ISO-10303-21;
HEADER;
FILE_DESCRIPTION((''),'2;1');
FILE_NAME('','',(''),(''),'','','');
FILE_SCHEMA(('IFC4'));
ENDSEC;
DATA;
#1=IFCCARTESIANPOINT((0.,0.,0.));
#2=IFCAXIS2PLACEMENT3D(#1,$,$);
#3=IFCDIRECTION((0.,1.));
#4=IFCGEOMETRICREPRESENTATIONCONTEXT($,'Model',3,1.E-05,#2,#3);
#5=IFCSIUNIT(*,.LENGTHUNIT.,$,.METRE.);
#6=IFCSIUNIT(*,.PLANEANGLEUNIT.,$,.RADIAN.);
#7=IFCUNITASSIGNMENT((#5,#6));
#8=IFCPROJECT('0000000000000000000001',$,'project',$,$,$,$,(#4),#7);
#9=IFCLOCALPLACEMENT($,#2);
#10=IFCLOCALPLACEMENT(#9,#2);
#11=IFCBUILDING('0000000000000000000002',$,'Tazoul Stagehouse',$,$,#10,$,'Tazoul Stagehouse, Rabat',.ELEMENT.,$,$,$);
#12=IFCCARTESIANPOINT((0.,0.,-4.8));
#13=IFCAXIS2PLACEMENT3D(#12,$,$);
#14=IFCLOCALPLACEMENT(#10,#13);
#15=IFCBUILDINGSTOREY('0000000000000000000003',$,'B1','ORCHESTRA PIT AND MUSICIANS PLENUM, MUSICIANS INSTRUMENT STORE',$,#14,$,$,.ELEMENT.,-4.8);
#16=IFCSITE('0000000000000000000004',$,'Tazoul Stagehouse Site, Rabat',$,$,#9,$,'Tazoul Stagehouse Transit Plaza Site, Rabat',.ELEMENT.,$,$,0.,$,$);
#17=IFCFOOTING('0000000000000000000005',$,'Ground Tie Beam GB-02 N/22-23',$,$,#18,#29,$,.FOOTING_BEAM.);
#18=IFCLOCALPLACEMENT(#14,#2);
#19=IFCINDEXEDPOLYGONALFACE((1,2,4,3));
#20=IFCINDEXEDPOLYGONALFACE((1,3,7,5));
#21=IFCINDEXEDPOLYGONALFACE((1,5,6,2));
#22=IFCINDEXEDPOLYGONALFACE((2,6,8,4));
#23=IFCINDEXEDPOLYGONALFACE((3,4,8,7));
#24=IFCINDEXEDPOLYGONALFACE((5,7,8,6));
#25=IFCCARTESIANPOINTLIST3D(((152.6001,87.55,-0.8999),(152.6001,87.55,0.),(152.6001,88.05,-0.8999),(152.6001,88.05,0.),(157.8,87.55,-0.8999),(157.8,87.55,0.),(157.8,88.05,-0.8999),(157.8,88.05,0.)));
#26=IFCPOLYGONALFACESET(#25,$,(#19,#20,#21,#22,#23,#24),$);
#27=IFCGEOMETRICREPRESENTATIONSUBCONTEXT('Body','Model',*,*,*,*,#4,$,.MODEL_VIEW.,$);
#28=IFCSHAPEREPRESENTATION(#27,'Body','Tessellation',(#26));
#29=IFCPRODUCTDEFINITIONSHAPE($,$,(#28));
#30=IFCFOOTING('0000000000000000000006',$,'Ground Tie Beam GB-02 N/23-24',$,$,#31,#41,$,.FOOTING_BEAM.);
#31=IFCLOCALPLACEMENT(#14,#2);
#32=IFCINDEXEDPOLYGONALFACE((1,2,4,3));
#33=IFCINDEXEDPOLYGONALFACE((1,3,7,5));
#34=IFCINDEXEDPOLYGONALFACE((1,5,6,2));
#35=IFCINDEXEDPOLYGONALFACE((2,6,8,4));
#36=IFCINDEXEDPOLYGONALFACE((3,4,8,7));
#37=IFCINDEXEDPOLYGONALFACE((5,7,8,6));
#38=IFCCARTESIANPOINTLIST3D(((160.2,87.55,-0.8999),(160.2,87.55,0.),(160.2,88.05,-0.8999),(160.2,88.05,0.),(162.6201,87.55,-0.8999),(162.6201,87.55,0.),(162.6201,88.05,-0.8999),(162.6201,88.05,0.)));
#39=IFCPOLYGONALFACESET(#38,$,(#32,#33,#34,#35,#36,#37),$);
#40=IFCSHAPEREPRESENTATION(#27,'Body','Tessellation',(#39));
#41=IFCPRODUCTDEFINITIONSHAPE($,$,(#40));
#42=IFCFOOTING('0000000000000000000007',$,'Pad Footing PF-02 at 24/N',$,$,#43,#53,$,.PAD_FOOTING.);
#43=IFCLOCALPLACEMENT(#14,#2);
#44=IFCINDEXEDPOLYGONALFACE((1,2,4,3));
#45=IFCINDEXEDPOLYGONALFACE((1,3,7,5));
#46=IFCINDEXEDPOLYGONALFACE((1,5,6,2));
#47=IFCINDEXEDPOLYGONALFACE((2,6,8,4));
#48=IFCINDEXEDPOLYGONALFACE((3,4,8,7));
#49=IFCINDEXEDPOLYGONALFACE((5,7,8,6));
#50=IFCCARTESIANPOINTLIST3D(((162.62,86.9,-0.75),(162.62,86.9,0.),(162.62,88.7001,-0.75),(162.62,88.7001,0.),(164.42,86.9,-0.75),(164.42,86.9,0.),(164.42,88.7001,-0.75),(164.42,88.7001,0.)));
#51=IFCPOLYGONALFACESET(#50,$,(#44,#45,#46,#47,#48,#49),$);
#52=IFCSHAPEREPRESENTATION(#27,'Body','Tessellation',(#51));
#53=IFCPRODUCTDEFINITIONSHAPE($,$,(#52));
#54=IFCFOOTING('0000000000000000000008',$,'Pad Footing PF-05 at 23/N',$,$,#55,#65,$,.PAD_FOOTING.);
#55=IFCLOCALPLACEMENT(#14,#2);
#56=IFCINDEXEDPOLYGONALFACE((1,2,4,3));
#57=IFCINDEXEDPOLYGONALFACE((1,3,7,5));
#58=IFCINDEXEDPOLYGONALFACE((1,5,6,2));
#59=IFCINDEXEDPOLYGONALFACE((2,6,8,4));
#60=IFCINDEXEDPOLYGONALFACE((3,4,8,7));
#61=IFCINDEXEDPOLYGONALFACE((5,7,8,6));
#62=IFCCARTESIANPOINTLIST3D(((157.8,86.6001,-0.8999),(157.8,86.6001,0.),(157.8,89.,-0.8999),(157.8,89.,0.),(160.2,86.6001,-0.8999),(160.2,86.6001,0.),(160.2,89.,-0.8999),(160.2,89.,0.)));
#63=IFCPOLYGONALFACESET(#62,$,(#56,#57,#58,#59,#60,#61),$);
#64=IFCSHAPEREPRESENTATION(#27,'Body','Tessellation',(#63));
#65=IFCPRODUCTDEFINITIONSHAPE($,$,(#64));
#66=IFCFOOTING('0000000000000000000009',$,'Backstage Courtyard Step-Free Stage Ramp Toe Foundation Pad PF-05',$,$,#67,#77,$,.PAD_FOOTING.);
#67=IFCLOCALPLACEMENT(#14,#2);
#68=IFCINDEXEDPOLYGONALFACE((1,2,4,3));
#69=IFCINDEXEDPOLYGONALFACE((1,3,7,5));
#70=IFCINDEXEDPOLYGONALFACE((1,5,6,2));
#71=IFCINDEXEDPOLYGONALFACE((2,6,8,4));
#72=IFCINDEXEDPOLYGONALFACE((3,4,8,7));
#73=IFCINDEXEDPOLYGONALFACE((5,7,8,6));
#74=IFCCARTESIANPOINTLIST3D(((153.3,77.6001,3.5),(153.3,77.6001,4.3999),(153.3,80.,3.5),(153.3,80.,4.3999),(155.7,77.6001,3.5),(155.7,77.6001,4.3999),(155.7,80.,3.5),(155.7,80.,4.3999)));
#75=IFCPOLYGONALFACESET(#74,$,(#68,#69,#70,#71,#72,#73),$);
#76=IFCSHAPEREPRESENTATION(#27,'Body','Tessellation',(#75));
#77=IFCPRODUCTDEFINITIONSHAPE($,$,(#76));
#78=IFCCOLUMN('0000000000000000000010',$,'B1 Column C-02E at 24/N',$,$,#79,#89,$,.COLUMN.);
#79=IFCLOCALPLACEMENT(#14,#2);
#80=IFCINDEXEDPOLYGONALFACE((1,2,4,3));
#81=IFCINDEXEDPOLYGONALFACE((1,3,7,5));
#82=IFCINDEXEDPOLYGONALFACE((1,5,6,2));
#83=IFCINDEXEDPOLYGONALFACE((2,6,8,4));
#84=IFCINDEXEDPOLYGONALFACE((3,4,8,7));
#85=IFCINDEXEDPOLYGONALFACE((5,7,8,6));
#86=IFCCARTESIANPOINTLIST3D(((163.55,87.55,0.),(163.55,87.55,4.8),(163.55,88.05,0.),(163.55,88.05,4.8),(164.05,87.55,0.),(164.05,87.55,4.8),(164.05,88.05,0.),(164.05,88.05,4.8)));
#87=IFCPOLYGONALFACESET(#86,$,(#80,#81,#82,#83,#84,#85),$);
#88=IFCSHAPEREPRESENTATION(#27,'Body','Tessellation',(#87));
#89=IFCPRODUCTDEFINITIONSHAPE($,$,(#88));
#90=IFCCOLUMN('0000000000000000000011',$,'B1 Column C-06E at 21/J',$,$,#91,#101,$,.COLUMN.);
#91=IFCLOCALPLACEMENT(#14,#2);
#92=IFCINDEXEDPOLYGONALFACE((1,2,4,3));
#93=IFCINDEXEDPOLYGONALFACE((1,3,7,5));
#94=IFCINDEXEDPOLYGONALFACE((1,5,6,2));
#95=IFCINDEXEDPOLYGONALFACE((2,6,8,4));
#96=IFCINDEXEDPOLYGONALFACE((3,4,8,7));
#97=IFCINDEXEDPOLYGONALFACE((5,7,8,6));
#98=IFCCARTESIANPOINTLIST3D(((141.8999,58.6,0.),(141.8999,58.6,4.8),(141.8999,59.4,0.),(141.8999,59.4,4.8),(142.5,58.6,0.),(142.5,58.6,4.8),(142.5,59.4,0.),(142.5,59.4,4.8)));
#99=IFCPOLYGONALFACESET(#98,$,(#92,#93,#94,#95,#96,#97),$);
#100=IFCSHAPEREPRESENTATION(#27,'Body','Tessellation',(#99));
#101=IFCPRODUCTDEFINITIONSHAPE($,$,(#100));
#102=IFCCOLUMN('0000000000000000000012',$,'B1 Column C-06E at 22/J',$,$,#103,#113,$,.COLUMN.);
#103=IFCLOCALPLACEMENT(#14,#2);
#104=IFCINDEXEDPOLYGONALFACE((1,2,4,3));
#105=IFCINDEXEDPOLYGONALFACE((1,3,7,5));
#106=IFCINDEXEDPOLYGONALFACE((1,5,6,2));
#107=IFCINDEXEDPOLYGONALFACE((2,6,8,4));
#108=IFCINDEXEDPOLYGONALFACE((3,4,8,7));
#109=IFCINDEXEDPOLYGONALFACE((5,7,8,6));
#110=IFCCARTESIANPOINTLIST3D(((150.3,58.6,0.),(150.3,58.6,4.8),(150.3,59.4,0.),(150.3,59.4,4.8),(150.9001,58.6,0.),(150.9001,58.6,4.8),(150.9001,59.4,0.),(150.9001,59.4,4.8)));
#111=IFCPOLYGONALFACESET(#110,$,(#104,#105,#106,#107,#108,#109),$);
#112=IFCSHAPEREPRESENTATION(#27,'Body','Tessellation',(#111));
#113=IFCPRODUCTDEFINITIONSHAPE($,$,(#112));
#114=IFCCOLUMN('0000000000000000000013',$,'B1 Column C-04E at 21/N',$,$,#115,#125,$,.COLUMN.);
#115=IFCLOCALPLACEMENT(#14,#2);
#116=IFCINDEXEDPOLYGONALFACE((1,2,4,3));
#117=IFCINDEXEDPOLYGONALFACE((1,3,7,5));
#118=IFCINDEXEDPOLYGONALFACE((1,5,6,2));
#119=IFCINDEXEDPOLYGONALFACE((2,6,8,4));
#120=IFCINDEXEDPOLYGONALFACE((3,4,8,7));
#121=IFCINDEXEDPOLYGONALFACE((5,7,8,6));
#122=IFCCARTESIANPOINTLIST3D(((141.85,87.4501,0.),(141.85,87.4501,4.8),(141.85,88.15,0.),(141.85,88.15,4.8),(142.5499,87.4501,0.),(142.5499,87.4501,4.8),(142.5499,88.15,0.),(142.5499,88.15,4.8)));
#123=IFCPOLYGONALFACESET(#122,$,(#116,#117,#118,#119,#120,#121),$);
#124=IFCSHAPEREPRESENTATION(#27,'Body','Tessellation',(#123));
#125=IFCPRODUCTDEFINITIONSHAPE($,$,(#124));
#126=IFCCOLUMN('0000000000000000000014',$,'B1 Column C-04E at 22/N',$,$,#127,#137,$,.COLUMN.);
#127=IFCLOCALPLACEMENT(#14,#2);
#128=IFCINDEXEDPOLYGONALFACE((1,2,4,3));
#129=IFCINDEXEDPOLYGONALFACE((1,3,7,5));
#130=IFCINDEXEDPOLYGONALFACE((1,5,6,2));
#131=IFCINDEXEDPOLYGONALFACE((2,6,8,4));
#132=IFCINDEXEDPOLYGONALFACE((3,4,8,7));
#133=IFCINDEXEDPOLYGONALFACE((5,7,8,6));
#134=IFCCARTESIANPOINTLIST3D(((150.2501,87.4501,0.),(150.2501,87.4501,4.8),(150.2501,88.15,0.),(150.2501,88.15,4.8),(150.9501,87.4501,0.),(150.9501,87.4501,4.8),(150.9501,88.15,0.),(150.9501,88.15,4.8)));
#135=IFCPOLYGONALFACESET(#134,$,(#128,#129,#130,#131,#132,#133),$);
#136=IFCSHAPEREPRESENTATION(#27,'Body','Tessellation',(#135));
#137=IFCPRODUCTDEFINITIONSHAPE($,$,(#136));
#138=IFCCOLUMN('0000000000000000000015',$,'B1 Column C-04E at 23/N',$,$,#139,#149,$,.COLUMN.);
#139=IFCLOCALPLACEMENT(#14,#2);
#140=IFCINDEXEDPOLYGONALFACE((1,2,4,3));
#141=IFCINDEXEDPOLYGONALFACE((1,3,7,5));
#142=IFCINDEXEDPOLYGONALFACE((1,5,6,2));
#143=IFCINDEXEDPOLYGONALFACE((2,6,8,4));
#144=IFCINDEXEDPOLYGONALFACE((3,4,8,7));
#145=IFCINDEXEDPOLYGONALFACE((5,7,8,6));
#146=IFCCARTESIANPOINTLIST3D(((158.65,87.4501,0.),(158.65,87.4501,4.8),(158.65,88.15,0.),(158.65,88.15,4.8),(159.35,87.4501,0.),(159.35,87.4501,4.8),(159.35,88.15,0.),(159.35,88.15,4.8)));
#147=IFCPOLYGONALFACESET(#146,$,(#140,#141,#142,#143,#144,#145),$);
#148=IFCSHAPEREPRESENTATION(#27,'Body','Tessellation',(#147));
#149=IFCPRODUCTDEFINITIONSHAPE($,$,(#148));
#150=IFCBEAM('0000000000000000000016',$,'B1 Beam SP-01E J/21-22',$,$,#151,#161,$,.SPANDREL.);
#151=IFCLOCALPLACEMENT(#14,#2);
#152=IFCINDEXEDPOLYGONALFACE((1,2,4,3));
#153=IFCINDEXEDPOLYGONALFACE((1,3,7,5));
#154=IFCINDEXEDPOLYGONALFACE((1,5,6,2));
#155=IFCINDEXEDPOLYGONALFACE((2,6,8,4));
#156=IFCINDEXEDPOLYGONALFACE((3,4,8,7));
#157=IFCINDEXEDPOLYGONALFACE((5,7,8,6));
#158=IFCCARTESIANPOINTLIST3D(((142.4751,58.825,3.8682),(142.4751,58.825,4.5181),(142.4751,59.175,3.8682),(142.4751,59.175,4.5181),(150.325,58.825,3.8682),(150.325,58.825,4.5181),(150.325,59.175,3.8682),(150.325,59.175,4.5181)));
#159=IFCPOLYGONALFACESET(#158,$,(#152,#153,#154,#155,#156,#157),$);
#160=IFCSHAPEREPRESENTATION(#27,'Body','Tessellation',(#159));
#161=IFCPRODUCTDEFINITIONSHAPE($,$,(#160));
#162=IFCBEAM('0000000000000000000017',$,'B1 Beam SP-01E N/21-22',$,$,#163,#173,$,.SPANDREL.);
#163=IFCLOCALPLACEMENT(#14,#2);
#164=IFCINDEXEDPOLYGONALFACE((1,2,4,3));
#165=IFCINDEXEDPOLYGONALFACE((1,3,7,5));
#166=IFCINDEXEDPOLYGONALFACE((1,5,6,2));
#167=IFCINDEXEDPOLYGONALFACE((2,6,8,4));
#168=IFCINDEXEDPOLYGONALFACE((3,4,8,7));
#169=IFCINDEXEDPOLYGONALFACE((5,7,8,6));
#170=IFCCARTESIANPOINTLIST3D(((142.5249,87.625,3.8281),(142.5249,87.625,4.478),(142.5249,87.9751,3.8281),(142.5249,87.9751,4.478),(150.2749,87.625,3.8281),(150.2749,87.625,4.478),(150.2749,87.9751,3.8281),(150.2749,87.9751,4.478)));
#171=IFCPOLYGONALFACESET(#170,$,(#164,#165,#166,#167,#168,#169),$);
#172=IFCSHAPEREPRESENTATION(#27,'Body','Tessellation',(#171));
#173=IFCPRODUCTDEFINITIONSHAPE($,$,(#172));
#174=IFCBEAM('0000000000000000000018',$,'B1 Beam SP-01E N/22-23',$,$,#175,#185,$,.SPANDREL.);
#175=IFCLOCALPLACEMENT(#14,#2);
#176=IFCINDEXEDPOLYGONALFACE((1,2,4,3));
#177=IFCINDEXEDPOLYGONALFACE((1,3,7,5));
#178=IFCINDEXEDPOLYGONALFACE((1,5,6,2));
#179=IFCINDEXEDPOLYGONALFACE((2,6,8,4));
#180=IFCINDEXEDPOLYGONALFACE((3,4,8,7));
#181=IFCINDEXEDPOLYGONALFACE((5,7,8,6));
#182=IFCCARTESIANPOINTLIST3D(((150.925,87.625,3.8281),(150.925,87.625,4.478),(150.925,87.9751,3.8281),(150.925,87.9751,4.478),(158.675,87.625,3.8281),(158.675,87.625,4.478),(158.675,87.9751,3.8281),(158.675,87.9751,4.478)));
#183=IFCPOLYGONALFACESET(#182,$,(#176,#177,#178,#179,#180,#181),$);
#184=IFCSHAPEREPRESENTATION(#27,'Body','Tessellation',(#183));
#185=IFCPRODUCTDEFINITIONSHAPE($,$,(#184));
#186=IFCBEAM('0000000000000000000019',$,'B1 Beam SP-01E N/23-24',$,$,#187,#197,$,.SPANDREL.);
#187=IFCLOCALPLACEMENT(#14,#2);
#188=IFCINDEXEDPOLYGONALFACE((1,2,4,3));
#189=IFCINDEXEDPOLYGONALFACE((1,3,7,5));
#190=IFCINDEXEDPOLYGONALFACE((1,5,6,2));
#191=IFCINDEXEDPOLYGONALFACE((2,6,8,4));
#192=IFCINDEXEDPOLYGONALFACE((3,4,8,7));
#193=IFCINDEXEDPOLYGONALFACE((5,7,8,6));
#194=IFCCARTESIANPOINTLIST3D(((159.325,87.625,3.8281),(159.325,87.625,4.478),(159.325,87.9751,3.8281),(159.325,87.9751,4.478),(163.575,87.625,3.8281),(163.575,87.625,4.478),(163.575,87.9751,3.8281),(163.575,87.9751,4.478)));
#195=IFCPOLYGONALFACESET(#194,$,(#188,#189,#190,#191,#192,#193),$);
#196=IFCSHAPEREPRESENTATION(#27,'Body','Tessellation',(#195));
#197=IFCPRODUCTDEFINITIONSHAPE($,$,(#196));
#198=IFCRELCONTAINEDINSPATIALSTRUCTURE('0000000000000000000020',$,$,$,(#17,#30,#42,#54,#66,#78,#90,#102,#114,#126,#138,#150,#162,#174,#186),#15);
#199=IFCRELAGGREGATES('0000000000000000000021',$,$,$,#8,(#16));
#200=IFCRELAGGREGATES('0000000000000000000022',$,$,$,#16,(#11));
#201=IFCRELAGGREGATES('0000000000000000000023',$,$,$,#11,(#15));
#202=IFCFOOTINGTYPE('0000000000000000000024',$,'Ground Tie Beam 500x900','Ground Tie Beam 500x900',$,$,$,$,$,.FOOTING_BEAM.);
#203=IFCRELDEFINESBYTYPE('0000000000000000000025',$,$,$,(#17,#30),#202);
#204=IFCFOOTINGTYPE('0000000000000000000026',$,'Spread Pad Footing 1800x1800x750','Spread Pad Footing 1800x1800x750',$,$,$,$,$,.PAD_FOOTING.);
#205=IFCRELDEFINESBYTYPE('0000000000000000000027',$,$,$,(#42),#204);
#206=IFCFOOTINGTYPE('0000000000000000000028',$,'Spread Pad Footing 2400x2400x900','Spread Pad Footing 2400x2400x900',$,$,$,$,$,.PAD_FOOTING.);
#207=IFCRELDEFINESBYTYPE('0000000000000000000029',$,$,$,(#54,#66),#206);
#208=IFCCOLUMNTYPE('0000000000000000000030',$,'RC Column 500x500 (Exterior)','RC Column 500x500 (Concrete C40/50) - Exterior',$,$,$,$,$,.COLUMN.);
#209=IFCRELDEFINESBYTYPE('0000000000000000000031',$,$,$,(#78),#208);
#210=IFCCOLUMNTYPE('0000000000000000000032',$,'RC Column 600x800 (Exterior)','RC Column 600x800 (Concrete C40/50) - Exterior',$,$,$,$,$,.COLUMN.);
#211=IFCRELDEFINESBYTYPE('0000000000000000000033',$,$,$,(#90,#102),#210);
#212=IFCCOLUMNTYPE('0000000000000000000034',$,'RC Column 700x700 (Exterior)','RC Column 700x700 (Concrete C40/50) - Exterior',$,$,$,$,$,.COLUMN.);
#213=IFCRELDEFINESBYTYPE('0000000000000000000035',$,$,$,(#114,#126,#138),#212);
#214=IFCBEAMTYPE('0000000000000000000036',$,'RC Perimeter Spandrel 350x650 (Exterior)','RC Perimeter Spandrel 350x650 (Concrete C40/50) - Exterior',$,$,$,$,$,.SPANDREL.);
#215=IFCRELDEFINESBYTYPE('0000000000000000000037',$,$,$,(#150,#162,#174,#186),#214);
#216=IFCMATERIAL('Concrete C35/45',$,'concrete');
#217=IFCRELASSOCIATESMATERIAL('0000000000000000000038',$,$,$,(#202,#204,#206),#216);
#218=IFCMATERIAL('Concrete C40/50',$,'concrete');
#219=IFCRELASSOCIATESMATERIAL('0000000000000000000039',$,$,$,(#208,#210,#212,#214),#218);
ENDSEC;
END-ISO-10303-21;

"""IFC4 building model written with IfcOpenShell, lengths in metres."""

from ifc_helpers import new_model, si_unit, direction, frame, origin, origin_2d, place, context, subcontext, project, spatial, rectangle, extrude, material, material_profile, profile_set, type_object, element, save


model = new_model("IFC4")

# Units and contexts
model_context = context("Model", 3, precision=1e-05, world=origin(), true_north=direction((0.0, 1.0)))
body_context = subcontext(model_context, "Body", "Model", "MODEL_VIEW")
ifc_project = project(units=[si_unit("LENGTHUNIT", "METRE"), si_unit("PLANEANGLEUNIT", "RADIAN")], contexts=[model_context])

# Site, building, storey
site_placement = place(None, origin())
site = spatial("IfcSite", under=ifc_project, at=site_placement, Name="Tazoul Stagehouse Site, Rabat", LongName="Tazoul Stagehouse Transit Plaza Site, Rabat", CompositionType="ELEMENT", RefElevation=0.0)
building_placement = place(site_placement, origin())
building = spatial("IfcBuilding", under=site, at=building_placement, Name="Tazoul Stagehouse", LongName="Tazoul Stagehouse, Rabat", CompositionType="ELEMENT")
storey_placement = place(building_placement, frame((0.0, 0.0, -4.8)))
storey = spatial("IfcBuildingStorey", under=building, at=storey_placement, Name="B1", Description="ORCHESTRA PIT AND MUSICIANS PLENUM, MUSICIANS INSTRUMENT STORE", CompositionType="ELEMENT", Elevation=-4.8)

# Shared definitions
ifc_material_1 = material(Name="Concrete C35/45", Category="concrete")

# Footings
ifc_material_profile_1 = material_profile(ifc_material_1, rectangle(XDim=0.5, YDim=0.8999, at=origin_2d()), Name="RC 500x900")
ifc_profile_set_1 = profile_set([ifc_material_profile_1], Name="Concrete C35/45")
footing_type_1 = type_object("IfcFootingType", Name="Ground Tie Beam 500x900", Description="Ground Tie Beam 500x900", PredefinedType="FOOTING_BEAM", material=ifc_profile_set_1)
footing_1_placement = place(storey_placement, frame((152.6001, 87.8, -0.45), z_axis=(1.0, 0.0, 0.0), x_axis=(0.0, 1.0, 0.0)))
element("IfcFooting", 1, at=footing_1_placement, inside=storey, type_object=footing_type_1, Name="Ground Tie Beam GB-02 N/22-23", PredefinedType="FOOTING_BEAM", context=body_context, shape_type="SweptSolid", body=[
    extrude(rectangle(XDim=0.5, YDim=0.8999, at=origin_2d()), origin(), (0.0, 0.0, 1.0), 5.2),
])
footing_2_placement = place(storey_placement, frame((160.2, 87.8, -0.45), z_axis=(1.0, 0.0, 0.0), x_axis=(0.0, 1.0, 0.0)))
element("IfcFooting", 2, at=footing_2_placement, inside=storey, type_object=footing_type_1, Name="Ground Tie Beam GB-02 N/23-24", PredefinedType="FOOTING_BEAM", context=body_context, shape_type="SweptSolid", body=[
    extrude(rectangle(XDim=0.5, YDim=0.8999, at=origin_2d()), origin(), (0.0, 0.0, 1.0), 2.4202),
])
footing_type_2 = type_object("IfcFootingType", Name="Spread Pad Footing 1800x1800x750", Description="Spread Pad Footing 1800x1800x750", PredefinedType="PAD_FOOTING", material=ifc_material_1)
footing_3_placement = place(storey_placement, frame((163.52, 87.8, -0.75), z_axis=(0.0, 0.0, 1.0), x_axis=(1.0, 0.0, 0.0)))
element("IfcFooting", 3, at=footing_3_placement, inside=storey, type_object=footing_type_2, Name="Pad Footing PF-02 at 24/N", PredefinedType="PAD_FOOTING", context=body_context, shape_type="SweptSolid", body=[
    extrude(rectangle(XDim=1.8, YDim=1.8, at=origin_2d()), origin(), (0.0, 0.0, 1.0), 0.75),
])
footing_type_3 = type_object("IfcFootingType", Name="Spread Pad Footing 2400x2400x900", Description="Spread Pad Footing 2400x2400x900", PredefinedType="PAD_FOOTING", material=ifc_material_1)
for number, where, z_axis, x_axis, name in (
    (4, (159.0, 87.8, -0.8999), (0.0, 0.0, 1.0), (1.0, 0.0, 0.0), "Pad Footing PF-05 at 23/N"),
    (5, (154.5, 78.8, 3.5), (0.0, 0.0, 1.0), (1.0, 0.0, 0.0), "Backstage Courtyard Step-Free Stage Ramp Toe Foundation Pad PF-05"),
):
    element("IfcFooting", number, at=place(storey_placement, frame(where, z_axis=z_axis, x_axis=x_axis)), inside=storey, type_object=footing_type_3, Name=name, PredefinedType="PAD_FOOTING", context=body_context, shape_type="SweptSolid", body=[
        extrude(rectangle(XDim=2.3999, YDim=2.3999, at=origin_2d()), origin(), (0.0, 0.0, 1.0), 0.8999),
    ])

# Columns
ifc_material_2 = material(Name="Concrete C40/50", Category="concrete")
ifc_material_profile_2 = material_profile(ifc_material_2, rectangle(XDim=0.5, YDim=0.5, at=origin_2d()), Name="RC 500x500")
ifc_profile_set_2 = profile_set([ifc_material_profile_2], Name="Concrete C40/50")
column_type_1 = type_object("IfcColumnType", Name="RC Column 500x500 (Exterior)", Description="RC Column 500x500 (Concrete C40/50) - Exterior", PredefinedType="COLUMN", material=ifc_profile_set_2)
column_placement = place(storey_placement, frame((163.8, 87.8, 0.0), z_axis=(0.0, 0.0, 1.0), x_axis=(1.0, 0.0, 0.0)))
element("IfcColumn", 6, at=column_placement, inside=storey, type_object=column_type_1, Name="B1 Column C-02E at 24/N", PredefinedType="COLUMN", context=body_context, shape_type="SweptSolid", body=[
    extrude(rectangle(XDim=0.5, YDim=0.5, at=origin_2d()), origin(), (0.0, 0.0, 1.0), 4.8),
])
ifc_material_profile_3 = material_profile(ifc_material_2, rectangle(XDim=0.6001, YDim=0.8, at=origin_2d()), Name="RC 600x800")
ifc_profile_set_3 = profile_set([ifc_material_profile_3], Name="Concrete C40/50")
column_type_2 = type_object("IfcColumnType", Name="RC Column 600x800 (Exterior)", Description="RC Column 600x800 (Concrete C40/50) - Exterior", PredefinedType="COLUMN", material=ifc_profile_set_3)
for number, where, z_axis, x_axis, name in (
    (7, (142.2, 59.0, 0.0), (0.0, 0.0, 1.0), (1.0, 0.0, 0.0), "B1 Column C-06E at 21/J"),
    (8, (150.6001, 59.0, 0.0), (0.0, 0.0, 1.0), (1.0, 0.0, 0.0), "B1 Column C-06E at 22/J"),
):
    element("IfcColumn", number, at=place(storey_placement, frame(where, z_axis=z_axis, x_axis=x_axis)), inside=storey, type_object=column_type_2, Name=name, PredefinedType="COLUMN", context=body_context, shape_type="SweptSolid", body=[
        extrude(rectangle(XDim=0.6001, YDim=0.8, at=origin_2d()), origin(), (0.0, 0.0, 1.0), 4.8),
    ])
ifc_material_profile_4 = material_profile(ifc_material_2, rectangle(XDim=0.7, YDim=0.7, at=origin_2d()), Name="RC 700x700")
ifc_profile_set_4 = profile_set([ifc_material_profile_4], Name="Concrete C40/50")
column_type_3 = type_object("IfcColumnType", Name="RC Column 700x700 (Exterior)", Description="RC Column 700x700 (Concrete C40/50) - Exterior", PredefinedType="COLUMN", material=ifc_profile_set_4)
for number, where, z_axis, x_axis, name in (
    (9, (142.2, 87.8, 0.0), (0.0, 0.0, 1.0), (1.0, 0.0, 0.0), "B1 Column C-04E at 21/N"),
    (10, (150.6001, 87.8, 0.0), (0.0, 0.0, 1.0), (1.0, 0.0, 0.0), "B1 Column C-04E at 22/N"),
    (11, (159.0, 87.8, 0.0), (0.0, 0.0, 1.0), (1.0, 0.0, 0.0), "B1 Column C-04E at 23/N"),
):
    element("IfcColumn", number, at=place(storey_placement, frame(where, z_axis=z_axis, x_axis=x_axis)), inside=storey, type_object=column_type_3, Name=name, PredefinedType="COLUMN", context=body_context, shape_type="SweptSolid", body=[
        extrude(rectangle(XDim=0.7, YDim=0.7, at=origin_2d()), origin(), (0.0, 0.0, 1.0), 4.8),
    ])

# Beams
ifc_material_profile_5 = material_profile(ifc_material_2, rectangle(XDim=0.3501, YDim=0.6499, at=origin_2d()), Name="RC 350x650")
ifc_profile_set_5 = profile_set([ifc_material_profile_5], Name="Concrete C40/50")
beam_type_1 = type_object("IfcBeamType", Name="RC Perimeter Spandrel 350x650 (Exterior)", Description="RC Perimeter Spandrel 350x650 (Concrete C40/50) - Exterior", PredefinedType="SPANDREL", material=ifc_profile_set_5)
beam_1_placement = place(storey_placement, frame((142.4751, 59.0, 4.1931), z_axis=(1.0, 0.0, 0.0), x_axis=(0.0, 1.0, 0.0)))
element("IfcBeam", 12, at=beam_1_placement, inside=storey, type_object=beam_type_1, Name="B1 Beam SP-01E J/21-22", PredefinedType="SPANDREL", context=body_context, shape_type="SweptSolid", body=[
    extrude(rectangle(XDim=0.3501, YDim=0.6499, at=origin_2d()), origin(), (0.0, 0.0, 1.0), 7.8499),
])
for number, where, z_axis, x_axis, name in (
    (13, (142.5249, 87.8, 4.1531), (1.0, 0.0, 0.0), (0.0, 1.0, 0.0), "B1 Beam SP-01E N/21-22"),
    (14, (150.925, 87.8, 4.1531), (1.0, 0.0, 0.0), (0.0, 1.0, 0.0), "B1 Beam SP-01E N/22-23"),
):
    element("IfcBeam", number, at=place(storey_placement, frame(where, z_axis=z_axis, x_axis=x_axis)), inside=storey, type_object=beam_type_1, Name=name, PredefinedType="SPANDREL", context=body_context, shape_type="SweptSolid", body=[
        extrude(rectangle(XDim=0.3501, YDim=0.6499, at=origin_2d()), origin(), (0.0, 0.0, 1.0), 7.75),
    ])
beam_2_placement = place(storey_placement, frame((159.325, 87.8, 4.1531), z_axis=(1.0, 0.0, 0.0), x_axis=(0.0, 1.0, 0.0)))
element("IfcBeam", 15, at=beam_2_placement, inside=storey, type_object=beam_type_1, Name="B1 Beam SP-01E N/23-24", PredefinedType="SPANDREL", context=body_context, shape_type="SweptSolid", body=[
    extrude(rectangle(XDim=0.3501, YDim=0.6499, at=origin_2d()), origin(), (0.0, 0.0, 1.0), 4.25),
])

save(model, "model.ifc")
